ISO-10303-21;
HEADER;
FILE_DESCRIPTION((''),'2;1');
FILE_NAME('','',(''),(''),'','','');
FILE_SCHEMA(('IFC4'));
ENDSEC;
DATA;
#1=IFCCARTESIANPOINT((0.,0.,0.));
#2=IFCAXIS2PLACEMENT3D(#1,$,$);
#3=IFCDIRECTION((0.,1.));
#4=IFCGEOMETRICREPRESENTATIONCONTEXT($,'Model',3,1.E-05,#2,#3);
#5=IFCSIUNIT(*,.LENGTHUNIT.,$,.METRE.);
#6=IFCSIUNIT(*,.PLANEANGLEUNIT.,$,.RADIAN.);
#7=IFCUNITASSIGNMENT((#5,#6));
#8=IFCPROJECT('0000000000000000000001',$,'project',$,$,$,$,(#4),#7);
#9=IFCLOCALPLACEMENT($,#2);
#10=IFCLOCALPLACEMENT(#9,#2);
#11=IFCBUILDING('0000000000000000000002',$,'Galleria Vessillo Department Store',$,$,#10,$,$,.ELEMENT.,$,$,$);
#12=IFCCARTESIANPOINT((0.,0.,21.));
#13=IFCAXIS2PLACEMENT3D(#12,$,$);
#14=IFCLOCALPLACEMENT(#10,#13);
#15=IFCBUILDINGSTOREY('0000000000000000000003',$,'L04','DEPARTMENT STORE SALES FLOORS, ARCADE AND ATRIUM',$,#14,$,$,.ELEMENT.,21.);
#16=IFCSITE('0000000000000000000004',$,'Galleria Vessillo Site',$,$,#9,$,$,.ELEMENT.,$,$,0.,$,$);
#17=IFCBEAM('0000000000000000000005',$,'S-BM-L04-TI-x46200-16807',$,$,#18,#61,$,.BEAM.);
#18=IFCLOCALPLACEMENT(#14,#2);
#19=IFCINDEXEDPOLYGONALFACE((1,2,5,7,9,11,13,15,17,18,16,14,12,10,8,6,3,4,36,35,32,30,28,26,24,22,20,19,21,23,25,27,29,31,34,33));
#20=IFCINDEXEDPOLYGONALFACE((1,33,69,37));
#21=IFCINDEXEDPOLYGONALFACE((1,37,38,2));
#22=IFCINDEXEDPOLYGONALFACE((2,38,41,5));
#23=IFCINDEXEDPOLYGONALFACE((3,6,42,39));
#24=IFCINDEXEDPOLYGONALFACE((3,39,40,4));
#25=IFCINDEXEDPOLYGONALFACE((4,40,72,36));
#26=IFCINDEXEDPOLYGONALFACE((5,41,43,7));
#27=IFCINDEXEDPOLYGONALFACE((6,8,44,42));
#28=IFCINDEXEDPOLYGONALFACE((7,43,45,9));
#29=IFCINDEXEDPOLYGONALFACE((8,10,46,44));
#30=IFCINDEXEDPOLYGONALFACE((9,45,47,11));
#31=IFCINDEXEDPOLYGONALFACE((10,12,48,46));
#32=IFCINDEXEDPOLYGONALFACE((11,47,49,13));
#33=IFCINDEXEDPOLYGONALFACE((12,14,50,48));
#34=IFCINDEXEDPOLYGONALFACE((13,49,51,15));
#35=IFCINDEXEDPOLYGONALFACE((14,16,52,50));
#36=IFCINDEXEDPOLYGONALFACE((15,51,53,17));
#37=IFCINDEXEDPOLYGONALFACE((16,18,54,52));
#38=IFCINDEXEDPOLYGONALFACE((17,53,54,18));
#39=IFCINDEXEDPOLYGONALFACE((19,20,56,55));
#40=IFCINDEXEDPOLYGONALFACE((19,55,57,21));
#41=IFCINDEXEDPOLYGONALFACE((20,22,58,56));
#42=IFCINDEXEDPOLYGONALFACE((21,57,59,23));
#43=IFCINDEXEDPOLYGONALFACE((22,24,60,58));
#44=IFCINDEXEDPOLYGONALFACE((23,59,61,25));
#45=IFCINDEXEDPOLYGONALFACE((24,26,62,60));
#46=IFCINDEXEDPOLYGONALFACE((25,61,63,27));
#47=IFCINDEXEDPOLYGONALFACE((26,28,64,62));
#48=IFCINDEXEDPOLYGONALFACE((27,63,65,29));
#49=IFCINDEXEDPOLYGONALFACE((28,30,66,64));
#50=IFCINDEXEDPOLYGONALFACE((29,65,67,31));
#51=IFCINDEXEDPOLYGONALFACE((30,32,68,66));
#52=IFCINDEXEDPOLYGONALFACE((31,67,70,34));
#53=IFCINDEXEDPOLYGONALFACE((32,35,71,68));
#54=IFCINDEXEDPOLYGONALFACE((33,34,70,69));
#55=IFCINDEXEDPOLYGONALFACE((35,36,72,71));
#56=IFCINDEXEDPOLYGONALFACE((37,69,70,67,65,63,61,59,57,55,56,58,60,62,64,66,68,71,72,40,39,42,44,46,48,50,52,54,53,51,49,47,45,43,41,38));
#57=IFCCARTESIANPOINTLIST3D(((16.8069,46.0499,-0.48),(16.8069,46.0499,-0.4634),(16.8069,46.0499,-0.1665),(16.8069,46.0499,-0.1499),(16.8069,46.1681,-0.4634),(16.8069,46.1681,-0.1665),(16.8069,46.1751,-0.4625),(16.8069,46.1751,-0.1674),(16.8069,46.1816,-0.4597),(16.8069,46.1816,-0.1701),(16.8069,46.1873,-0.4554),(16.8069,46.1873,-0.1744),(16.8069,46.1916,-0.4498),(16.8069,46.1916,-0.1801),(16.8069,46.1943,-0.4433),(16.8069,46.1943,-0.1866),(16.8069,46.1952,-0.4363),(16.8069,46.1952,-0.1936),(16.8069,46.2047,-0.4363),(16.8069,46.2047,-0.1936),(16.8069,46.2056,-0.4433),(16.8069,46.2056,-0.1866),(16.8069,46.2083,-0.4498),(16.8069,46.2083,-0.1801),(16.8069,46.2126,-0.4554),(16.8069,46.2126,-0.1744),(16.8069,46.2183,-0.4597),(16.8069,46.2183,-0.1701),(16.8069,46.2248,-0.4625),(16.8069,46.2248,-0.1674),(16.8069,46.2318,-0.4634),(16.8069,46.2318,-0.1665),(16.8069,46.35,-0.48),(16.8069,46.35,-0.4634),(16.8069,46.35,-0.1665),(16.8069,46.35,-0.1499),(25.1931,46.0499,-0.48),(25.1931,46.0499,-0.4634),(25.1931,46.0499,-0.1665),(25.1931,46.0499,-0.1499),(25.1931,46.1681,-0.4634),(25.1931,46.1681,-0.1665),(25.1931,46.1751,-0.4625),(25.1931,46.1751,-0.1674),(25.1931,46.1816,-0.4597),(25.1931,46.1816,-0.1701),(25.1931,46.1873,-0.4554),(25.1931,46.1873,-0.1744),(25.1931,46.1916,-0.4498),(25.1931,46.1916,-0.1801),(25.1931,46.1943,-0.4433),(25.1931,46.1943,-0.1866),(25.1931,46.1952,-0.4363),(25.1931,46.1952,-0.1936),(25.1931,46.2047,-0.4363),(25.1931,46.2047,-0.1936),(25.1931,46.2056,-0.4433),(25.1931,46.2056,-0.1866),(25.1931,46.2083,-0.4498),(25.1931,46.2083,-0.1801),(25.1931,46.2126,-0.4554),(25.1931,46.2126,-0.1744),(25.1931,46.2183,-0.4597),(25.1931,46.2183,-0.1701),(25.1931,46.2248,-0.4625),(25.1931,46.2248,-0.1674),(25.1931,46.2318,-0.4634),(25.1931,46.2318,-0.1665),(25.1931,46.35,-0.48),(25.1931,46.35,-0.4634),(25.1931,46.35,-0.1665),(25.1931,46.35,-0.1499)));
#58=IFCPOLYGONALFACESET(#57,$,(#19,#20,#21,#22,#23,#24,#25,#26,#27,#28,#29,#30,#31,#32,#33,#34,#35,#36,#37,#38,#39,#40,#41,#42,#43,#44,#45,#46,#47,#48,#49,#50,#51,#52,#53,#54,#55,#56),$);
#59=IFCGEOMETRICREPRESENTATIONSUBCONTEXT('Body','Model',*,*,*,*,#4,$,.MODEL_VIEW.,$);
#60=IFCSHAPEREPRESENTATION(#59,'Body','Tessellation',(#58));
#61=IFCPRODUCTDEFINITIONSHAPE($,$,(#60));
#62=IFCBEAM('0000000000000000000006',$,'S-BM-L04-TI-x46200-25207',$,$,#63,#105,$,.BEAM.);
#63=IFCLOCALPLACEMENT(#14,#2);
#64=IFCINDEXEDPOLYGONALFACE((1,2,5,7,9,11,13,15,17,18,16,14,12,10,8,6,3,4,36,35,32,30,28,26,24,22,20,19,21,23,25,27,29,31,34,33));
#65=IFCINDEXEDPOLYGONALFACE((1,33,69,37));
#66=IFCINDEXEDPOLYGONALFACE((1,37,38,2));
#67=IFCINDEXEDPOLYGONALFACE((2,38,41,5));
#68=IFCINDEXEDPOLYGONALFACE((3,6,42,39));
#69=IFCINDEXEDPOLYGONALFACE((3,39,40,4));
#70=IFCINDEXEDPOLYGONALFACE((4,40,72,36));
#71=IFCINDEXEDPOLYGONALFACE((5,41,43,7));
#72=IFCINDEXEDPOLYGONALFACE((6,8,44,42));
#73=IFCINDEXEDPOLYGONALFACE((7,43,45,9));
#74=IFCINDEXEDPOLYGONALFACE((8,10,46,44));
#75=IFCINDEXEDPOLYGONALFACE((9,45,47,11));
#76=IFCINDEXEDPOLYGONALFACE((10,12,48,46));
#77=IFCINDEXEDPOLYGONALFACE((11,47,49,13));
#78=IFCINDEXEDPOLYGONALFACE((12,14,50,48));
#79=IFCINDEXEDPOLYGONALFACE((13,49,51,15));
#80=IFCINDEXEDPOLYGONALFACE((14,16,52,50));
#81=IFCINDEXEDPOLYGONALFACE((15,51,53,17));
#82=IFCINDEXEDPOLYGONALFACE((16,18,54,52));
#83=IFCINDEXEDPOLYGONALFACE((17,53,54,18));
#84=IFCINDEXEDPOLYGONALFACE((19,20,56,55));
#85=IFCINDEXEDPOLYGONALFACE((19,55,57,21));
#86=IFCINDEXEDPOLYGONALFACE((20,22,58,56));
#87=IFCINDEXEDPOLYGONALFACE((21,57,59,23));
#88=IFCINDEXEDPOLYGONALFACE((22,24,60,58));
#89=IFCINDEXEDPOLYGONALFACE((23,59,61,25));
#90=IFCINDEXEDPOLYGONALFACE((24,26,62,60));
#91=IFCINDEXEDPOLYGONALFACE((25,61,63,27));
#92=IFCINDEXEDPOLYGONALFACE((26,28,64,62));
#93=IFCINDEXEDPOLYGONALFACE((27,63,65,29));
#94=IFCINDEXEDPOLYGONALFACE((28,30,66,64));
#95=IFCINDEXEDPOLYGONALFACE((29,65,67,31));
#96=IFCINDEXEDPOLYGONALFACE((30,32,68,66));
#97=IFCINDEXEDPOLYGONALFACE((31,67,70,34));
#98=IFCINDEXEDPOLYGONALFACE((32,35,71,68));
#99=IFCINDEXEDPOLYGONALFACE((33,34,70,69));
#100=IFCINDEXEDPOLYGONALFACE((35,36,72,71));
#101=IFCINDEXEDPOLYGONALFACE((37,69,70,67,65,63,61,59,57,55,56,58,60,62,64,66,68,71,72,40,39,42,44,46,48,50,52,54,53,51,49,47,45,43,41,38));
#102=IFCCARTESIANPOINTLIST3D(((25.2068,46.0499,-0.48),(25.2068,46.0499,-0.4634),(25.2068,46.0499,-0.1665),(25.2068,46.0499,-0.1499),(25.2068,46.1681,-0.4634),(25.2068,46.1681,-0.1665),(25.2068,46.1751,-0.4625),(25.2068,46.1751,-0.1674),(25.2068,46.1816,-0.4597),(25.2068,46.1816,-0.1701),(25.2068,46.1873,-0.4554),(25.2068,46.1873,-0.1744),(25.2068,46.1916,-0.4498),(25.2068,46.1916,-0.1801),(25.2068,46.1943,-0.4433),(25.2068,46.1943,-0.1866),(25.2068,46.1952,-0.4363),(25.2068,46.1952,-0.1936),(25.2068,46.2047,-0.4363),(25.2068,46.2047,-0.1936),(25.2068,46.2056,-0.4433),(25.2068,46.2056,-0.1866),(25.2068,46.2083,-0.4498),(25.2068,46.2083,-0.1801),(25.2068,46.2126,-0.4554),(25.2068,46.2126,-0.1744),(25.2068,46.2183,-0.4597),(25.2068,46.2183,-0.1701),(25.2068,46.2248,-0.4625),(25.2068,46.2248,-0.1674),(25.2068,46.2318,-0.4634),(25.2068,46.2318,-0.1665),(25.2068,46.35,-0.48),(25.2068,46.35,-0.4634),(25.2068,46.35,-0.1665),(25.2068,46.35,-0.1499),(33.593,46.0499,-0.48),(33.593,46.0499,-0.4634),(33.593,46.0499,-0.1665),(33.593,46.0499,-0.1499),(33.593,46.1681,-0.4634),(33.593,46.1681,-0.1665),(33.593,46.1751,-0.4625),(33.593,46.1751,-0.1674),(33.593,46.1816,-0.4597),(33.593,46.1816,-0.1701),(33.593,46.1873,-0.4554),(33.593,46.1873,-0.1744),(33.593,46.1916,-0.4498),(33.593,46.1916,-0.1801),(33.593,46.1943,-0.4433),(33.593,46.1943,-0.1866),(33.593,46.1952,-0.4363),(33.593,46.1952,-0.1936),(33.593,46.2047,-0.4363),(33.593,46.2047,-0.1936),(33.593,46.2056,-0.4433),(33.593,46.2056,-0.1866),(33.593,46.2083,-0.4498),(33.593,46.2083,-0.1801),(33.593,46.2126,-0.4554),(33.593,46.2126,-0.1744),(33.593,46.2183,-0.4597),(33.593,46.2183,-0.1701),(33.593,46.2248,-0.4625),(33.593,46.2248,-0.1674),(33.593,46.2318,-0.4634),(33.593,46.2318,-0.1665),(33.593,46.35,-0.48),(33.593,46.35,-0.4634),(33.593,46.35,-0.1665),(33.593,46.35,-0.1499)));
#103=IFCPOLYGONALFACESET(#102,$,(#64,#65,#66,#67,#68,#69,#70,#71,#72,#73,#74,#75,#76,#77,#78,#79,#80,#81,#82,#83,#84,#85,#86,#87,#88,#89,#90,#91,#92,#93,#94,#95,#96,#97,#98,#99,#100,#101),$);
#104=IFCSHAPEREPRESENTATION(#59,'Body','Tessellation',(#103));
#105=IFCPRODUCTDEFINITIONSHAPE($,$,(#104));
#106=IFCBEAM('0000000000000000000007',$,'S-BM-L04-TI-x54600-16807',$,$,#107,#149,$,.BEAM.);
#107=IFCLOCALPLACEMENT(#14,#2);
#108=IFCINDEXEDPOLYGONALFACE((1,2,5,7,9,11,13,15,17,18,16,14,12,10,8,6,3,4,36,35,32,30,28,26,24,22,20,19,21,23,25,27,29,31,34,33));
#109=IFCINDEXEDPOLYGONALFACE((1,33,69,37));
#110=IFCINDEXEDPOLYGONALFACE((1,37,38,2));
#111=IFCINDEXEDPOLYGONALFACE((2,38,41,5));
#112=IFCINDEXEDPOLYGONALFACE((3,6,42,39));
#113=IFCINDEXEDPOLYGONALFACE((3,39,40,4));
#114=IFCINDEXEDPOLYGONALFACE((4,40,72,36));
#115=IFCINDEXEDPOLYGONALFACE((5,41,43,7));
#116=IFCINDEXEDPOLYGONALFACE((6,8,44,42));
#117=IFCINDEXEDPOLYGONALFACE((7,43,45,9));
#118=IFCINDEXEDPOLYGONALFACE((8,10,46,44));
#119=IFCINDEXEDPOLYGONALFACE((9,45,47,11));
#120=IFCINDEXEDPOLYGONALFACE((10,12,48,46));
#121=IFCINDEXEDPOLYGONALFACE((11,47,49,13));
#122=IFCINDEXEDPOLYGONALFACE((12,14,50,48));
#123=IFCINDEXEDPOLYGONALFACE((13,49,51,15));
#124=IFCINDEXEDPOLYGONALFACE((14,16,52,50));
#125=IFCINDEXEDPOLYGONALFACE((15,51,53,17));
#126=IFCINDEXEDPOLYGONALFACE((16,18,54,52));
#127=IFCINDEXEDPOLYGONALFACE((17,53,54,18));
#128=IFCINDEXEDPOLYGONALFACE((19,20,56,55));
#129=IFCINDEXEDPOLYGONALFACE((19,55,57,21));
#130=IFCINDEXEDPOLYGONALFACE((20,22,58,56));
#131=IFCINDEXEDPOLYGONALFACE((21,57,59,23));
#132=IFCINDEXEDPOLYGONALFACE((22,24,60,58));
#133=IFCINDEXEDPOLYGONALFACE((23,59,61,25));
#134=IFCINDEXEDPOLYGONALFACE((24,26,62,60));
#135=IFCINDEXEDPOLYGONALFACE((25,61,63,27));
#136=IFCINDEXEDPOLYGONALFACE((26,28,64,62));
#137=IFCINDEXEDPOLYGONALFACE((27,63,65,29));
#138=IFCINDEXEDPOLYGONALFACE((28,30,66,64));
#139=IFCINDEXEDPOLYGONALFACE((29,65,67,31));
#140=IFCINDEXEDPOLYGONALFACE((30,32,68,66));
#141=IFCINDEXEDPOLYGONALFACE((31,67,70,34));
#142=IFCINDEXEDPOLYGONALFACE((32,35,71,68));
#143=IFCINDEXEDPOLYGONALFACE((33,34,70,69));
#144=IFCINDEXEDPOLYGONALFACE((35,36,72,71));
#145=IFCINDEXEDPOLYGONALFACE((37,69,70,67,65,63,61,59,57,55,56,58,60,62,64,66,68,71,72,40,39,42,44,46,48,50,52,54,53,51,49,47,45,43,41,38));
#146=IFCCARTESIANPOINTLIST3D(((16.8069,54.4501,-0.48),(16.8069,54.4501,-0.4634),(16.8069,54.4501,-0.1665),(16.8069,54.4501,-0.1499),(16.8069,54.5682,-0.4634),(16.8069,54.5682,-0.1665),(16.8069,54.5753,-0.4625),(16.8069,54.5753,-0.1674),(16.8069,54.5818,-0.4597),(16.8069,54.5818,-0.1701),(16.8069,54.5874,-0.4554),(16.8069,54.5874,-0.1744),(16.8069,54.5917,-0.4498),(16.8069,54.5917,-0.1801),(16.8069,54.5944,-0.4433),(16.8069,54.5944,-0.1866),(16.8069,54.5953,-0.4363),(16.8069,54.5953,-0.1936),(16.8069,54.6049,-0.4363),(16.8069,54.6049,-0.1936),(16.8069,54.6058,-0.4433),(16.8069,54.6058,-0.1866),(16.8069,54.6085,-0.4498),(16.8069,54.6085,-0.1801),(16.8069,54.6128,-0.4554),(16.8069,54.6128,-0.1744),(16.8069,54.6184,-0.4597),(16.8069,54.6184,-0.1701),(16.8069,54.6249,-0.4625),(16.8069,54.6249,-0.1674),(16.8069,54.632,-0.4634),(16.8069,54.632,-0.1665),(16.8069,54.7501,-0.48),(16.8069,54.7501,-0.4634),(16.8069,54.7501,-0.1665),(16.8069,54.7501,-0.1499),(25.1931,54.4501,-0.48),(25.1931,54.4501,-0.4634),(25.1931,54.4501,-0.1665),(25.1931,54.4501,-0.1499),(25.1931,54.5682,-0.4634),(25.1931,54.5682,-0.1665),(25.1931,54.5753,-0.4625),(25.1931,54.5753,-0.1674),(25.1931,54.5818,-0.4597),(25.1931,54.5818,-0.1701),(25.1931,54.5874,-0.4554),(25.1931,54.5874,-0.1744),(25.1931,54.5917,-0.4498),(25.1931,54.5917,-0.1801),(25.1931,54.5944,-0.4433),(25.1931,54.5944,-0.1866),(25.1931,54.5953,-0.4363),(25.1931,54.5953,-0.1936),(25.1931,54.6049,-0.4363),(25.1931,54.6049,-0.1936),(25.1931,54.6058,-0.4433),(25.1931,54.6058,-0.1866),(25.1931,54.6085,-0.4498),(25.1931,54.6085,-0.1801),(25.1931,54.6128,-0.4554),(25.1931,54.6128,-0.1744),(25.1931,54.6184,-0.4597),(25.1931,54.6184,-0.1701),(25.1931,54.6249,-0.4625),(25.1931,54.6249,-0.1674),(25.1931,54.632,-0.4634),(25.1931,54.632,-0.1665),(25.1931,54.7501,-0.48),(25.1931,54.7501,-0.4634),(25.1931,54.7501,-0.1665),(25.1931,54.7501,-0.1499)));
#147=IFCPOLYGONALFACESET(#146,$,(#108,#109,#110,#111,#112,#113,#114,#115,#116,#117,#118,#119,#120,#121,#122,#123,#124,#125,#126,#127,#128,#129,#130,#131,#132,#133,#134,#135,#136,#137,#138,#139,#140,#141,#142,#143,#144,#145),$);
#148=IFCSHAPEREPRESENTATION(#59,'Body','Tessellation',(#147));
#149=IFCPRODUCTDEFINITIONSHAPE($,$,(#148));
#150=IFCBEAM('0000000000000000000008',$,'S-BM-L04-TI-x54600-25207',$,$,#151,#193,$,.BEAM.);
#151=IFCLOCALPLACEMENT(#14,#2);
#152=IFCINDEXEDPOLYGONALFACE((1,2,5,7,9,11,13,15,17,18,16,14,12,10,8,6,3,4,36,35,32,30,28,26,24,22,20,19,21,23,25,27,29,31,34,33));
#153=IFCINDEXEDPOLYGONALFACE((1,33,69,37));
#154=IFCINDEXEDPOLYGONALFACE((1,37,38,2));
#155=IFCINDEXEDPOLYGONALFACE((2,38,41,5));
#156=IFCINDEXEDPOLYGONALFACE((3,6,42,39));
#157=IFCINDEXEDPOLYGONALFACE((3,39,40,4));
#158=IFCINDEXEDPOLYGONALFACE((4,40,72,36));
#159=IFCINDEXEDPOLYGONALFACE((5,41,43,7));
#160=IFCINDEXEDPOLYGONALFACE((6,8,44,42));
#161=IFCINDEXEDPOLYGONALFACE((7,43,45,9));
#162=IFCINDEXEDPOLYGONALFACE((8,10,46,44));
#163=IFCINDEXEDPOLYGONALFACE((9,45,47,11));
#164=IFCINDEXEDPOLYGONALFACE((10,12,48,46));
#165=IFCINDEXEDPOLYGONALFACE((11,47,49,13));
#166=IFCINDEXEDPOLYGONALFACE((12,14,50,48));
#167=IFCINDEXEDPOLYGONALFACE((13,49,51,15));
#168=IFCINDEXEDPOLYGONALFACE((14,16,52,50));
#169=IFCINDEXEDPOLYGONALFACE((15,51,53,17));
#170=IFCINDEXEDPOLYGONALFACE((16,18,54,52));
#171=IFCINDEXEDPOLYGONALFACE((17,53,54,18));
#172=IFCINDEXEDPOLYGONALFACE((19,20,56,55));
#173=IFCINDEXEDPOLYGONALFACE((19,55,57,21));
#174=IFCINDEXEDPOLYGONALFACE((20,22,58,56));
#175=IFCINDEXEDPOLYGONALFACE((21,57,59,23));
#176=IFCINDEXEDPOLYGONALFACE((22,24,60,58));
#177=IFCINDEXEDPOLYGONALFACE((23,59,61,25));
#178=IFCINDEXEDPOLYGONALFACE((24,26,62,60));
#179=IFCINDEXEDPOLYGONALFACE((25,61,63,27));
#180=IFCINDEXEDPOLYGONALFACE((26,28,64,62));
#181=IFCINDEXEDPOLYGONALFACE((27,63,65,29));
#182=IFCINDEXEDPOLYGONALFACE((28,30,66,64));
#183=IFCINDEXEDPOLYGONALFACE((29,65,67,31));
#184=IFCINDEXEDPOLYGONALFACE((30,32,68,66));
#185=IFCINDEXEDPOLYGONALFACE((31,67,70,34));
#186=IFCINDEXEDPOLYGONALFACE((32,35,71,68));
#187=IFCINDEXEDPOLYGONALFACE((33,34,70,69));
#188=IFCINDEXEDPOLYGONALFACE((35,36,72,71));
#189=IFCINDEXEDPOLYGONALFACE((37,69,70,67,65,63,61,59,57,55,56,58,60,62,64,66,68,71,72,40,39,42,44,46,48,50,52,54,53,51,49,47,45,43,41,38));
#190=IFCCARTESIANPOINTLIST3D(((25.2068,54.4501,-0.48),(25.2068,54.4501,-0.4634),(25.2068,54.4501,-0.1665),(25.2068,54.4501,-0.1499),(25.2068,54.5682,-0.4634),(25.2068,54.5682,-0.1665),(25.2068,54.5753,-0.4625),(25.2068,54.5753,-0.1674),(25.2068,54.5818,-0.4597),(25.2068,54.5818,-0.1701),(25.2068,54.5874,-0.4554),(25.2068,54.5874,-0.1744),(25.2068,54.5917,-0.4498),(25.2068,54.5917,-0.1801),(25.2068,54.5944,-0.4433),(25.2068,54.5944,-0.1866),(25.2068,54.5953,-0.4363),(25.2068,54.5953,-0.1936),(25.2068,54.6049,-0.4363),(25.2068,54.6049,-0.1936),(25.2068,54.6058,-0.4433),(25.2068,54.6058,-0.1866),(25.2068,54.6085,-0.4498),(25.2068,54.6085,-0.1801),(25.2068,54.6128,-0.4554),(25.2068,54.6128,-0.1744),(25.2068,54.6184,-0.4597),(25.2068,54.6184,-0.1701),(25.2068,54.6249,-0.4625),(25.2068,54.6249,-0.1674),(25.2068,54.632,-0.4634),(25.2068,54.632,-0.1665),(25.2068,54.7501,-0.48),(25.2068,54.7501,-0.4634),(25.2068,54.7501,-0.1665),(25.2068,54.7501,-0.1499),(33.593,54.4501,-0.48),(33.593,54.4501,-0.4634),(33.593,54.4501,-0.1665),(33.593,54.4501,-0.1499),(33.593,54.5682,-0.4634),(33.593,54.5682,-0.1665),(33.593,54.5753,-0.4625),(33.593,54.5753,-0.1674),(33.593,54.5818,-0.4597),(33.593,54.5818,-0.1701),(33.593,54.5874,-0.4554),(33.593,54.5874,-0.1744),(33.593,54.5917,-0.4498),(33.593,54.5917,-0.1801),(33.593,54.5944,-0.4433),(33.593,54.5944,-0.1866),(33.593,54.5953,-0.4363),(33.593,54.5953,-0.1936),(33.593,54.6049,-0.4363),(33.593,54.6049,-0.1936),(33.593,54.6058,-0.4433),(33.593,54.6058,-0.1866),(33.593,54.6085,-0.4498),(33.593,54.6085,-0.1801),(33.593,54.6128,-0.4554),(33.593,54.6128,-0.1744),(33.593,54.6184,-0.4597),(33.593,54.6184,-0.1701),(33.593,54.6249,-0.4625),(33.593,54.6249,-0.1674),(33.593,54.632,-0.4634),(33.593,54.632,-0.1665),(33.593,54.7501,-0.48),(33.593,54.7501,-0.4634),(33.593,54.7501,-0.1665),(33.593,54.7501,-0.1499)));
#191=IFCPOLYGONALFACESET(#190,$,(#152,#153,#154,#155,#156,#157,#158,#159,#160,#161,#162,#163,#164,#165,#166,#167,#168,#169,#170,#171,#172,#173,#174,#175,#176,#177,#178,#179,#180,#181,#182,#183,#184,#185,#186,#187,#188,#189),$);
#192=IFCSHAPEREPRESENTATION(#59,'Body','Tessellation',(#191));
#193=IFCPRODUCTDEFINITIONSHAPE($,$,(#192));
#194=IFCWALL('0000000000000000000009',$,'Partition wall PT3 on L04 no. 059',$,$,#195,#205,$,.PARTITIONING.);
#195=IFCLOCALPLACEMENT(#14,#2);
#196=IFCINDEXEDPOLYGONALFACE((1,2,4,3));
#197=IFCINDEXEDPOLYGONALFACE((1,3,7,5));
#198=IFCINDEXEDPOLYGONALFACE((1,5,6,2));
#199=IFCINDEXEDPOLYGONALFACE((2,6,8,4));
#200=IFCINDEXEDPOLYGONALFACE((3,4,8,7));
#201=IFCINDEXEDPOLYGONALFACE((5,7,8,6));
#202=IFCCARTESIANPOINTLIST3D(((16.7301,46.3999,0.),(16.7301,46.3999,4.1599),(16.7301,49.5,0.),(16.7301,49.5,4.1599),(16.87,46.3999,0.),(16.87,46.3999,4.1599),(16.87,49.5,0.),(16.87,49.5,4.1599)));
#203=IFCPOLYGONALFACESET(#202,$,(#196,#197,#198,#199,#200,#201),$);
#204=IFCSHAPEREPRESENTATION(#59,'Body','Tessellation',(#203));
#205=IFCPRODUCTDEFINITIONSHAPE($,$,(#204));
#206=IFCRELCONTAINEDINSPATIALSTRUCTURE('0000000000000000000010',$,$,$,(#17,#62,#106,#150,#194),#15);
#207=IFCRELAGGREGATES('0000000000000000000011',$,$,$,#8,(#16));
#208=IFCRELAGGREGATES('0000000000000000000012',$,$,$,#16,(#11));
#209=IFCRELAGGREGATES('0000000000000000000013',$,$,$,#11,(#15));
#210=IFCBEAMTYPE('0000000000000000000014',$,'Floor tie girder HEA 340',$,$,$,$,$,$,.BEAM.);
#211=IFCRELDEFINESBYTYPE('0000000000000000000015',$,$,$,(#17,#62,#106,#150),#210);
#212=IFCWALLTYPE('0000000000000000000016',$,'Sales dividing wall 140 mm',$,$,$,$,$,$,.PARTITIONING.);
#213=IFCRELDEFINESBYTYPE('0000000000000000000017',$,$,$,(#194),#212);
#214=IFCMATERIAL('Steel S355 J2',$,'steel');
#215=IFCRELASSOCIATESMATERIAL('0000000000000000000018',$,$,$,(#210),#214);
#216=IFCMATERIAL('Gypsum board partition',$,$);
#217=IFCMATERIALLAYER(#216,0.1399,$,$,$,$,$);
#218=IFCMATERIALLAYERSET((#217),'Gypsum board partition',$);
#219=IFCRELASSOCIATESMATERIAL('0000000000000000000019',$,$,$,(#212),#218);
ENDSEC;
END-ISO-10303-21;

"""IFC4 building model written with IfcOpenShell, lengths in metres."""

from ifc_helpers import new_model, si_unit, direction, frame, frame_2d, origin, origin_2d, place, context, subcontext, project, spatial, rectangle, i_section, extrude, material, layer, layer_set, material_profile, profile_set, type_object, element, save


model = new_model("IFC4")

# Units and contexts
model_context = context("Model", 3, precision=1e-05, world=origin(), true_north=direction((0.0, 1.0)))
body_context = subcontext(model_context, "Body", "Model", "MODEL_VIEW")
ifc_project = project(units=[si_unit("LENGTHUNIT", "METRE"), si_unit("PLANEANGLEUNIT", "RADIAN")], contexts=[model_context])

# Site, building, storey
site_placement = place(None, origin())
site = spatial("IfcSite", under=ifc_project, at=site_placement, Name="Galleria Vessillo Site", CompositionType="ELEMENT", RefElevation=0.0)
building_placement = place(site_placement, origin())
building = spatial("IfcBuilding", under=site, at=building_placement, Name="Galleria Vessillo Department Store", CompositionType="ELEMENT")
storey_placement = place(building_placement, frame((0.0, 0.0, 21.0)))
storey = spatial("IfcBuildingStorey", under=building, at=storey_placement, Name="L04", Description="DEPARTMENT STORE SALES FLOORS, ARCADE AND ATRIUM", CompositionType="ELEMENT", Elevation=21.0)

# Beams
ifc_material_1 = material(Name="Steel S355 J2", Category="steel")
ifc_material_profile_1 = material_profile(ifc_material_1, i_section(OverallWidth=0.3, OverallDepth=0.3301, WebThickness=0.0095, FlangeThickness=0.0166, FilletRadius=0.0271, at=origin_2d()), Name="HEA 340")
ifc_profile_set_1 = profile_set([ifc_material_profile_1], Name="Steel S355 J2")
beam_type_1 = type_object("IfcBeamType", Name="Floor tie girder HEA 340", PredefinedType="BEAM", material=ifc_profile_set_1)
for number, where, z_axis, x_axis, name in (
    (1, (16.8069, 46.2, -0.3149), (1.0, 0.0, 0.0), (0.0, 1.0, 0.0), "S-BM-L04-TI-x46200-16807"),
    (2, (25.2068, 46.2, -0.3149), (1.0, 0.0, 0.0), (0.0, 1.0, 0.0), "S-BM-L04-TI-x46200-25207"),
    (3, (16.8069, 54.6001, -0.3149), (1.0, 0.0, 0.0), (0.0, 1.0, 0.0), "S-BM-L04-TI-x54600-16807"),
    (4, (25.2068, 54.6001, -0.3149), (1.0, 0.0, 0.0), (0.0, 1.0, 0.0), "S-BM-L04-TI-x54600-25207"),
):
    element("IfcBeam", number, at=place(storey_placement, frame(where, z_axis=z_axis, x_axis=x_axis)), inside=storey, type_object=beam_type_1, Name=name, PredefinedType="BEAM", context=body_context, shape_type="SweptSolid", body=[
        extrude(i_section(OverallWidth=0.3, OverallDepth=0.3301, WebThickness=0.0095, FlangeThickness=0.0166, FilletRadius=0.0271, at=origin_2d()), origin(), (0.0, 0.0, 1.0), 8.3862),
    ])

# Wall
ifc_material_2 = material(Name="Gypsum board partition")
ifc_layer_1 = layer(ifc_material_2, 0.1399)
ifc_layer_set_1 = layer_set([ifc_layer_1], Name="Gypsum board partition")
wall_type_1 = type_object("IfcWallType", Name="Sales dividing wall 140 mm", PredefinedType="PARTITIONING", material=ifc_layer_set_1)
for number, where, z_axis, x_axis, name in (
    (5, (16.8, 46.3999, 0.0), (0.0, 0.0, 1.0), (0.0, 1.0, 0.0), "Partition wall PT3 on L04 no. 059"),
):
    element("IfcWall", number, at=place(storey_placement, frame(where, z_axis=z_axis, x_axis=x_axis)), inside=storey, type_object=wall_type_1, Name=name, PredefinedType="PARTITIONING", context=body_context, shape_type="SweptSolid", body=[
        extrude(rectangle(XDim=3.1001, YDim=0.1399, at=frame_2d((1.55, 0.0))), origin(), (0.0, 0.0, 1.0), 4.1599),
    ])

save(model, "model.ifc")
